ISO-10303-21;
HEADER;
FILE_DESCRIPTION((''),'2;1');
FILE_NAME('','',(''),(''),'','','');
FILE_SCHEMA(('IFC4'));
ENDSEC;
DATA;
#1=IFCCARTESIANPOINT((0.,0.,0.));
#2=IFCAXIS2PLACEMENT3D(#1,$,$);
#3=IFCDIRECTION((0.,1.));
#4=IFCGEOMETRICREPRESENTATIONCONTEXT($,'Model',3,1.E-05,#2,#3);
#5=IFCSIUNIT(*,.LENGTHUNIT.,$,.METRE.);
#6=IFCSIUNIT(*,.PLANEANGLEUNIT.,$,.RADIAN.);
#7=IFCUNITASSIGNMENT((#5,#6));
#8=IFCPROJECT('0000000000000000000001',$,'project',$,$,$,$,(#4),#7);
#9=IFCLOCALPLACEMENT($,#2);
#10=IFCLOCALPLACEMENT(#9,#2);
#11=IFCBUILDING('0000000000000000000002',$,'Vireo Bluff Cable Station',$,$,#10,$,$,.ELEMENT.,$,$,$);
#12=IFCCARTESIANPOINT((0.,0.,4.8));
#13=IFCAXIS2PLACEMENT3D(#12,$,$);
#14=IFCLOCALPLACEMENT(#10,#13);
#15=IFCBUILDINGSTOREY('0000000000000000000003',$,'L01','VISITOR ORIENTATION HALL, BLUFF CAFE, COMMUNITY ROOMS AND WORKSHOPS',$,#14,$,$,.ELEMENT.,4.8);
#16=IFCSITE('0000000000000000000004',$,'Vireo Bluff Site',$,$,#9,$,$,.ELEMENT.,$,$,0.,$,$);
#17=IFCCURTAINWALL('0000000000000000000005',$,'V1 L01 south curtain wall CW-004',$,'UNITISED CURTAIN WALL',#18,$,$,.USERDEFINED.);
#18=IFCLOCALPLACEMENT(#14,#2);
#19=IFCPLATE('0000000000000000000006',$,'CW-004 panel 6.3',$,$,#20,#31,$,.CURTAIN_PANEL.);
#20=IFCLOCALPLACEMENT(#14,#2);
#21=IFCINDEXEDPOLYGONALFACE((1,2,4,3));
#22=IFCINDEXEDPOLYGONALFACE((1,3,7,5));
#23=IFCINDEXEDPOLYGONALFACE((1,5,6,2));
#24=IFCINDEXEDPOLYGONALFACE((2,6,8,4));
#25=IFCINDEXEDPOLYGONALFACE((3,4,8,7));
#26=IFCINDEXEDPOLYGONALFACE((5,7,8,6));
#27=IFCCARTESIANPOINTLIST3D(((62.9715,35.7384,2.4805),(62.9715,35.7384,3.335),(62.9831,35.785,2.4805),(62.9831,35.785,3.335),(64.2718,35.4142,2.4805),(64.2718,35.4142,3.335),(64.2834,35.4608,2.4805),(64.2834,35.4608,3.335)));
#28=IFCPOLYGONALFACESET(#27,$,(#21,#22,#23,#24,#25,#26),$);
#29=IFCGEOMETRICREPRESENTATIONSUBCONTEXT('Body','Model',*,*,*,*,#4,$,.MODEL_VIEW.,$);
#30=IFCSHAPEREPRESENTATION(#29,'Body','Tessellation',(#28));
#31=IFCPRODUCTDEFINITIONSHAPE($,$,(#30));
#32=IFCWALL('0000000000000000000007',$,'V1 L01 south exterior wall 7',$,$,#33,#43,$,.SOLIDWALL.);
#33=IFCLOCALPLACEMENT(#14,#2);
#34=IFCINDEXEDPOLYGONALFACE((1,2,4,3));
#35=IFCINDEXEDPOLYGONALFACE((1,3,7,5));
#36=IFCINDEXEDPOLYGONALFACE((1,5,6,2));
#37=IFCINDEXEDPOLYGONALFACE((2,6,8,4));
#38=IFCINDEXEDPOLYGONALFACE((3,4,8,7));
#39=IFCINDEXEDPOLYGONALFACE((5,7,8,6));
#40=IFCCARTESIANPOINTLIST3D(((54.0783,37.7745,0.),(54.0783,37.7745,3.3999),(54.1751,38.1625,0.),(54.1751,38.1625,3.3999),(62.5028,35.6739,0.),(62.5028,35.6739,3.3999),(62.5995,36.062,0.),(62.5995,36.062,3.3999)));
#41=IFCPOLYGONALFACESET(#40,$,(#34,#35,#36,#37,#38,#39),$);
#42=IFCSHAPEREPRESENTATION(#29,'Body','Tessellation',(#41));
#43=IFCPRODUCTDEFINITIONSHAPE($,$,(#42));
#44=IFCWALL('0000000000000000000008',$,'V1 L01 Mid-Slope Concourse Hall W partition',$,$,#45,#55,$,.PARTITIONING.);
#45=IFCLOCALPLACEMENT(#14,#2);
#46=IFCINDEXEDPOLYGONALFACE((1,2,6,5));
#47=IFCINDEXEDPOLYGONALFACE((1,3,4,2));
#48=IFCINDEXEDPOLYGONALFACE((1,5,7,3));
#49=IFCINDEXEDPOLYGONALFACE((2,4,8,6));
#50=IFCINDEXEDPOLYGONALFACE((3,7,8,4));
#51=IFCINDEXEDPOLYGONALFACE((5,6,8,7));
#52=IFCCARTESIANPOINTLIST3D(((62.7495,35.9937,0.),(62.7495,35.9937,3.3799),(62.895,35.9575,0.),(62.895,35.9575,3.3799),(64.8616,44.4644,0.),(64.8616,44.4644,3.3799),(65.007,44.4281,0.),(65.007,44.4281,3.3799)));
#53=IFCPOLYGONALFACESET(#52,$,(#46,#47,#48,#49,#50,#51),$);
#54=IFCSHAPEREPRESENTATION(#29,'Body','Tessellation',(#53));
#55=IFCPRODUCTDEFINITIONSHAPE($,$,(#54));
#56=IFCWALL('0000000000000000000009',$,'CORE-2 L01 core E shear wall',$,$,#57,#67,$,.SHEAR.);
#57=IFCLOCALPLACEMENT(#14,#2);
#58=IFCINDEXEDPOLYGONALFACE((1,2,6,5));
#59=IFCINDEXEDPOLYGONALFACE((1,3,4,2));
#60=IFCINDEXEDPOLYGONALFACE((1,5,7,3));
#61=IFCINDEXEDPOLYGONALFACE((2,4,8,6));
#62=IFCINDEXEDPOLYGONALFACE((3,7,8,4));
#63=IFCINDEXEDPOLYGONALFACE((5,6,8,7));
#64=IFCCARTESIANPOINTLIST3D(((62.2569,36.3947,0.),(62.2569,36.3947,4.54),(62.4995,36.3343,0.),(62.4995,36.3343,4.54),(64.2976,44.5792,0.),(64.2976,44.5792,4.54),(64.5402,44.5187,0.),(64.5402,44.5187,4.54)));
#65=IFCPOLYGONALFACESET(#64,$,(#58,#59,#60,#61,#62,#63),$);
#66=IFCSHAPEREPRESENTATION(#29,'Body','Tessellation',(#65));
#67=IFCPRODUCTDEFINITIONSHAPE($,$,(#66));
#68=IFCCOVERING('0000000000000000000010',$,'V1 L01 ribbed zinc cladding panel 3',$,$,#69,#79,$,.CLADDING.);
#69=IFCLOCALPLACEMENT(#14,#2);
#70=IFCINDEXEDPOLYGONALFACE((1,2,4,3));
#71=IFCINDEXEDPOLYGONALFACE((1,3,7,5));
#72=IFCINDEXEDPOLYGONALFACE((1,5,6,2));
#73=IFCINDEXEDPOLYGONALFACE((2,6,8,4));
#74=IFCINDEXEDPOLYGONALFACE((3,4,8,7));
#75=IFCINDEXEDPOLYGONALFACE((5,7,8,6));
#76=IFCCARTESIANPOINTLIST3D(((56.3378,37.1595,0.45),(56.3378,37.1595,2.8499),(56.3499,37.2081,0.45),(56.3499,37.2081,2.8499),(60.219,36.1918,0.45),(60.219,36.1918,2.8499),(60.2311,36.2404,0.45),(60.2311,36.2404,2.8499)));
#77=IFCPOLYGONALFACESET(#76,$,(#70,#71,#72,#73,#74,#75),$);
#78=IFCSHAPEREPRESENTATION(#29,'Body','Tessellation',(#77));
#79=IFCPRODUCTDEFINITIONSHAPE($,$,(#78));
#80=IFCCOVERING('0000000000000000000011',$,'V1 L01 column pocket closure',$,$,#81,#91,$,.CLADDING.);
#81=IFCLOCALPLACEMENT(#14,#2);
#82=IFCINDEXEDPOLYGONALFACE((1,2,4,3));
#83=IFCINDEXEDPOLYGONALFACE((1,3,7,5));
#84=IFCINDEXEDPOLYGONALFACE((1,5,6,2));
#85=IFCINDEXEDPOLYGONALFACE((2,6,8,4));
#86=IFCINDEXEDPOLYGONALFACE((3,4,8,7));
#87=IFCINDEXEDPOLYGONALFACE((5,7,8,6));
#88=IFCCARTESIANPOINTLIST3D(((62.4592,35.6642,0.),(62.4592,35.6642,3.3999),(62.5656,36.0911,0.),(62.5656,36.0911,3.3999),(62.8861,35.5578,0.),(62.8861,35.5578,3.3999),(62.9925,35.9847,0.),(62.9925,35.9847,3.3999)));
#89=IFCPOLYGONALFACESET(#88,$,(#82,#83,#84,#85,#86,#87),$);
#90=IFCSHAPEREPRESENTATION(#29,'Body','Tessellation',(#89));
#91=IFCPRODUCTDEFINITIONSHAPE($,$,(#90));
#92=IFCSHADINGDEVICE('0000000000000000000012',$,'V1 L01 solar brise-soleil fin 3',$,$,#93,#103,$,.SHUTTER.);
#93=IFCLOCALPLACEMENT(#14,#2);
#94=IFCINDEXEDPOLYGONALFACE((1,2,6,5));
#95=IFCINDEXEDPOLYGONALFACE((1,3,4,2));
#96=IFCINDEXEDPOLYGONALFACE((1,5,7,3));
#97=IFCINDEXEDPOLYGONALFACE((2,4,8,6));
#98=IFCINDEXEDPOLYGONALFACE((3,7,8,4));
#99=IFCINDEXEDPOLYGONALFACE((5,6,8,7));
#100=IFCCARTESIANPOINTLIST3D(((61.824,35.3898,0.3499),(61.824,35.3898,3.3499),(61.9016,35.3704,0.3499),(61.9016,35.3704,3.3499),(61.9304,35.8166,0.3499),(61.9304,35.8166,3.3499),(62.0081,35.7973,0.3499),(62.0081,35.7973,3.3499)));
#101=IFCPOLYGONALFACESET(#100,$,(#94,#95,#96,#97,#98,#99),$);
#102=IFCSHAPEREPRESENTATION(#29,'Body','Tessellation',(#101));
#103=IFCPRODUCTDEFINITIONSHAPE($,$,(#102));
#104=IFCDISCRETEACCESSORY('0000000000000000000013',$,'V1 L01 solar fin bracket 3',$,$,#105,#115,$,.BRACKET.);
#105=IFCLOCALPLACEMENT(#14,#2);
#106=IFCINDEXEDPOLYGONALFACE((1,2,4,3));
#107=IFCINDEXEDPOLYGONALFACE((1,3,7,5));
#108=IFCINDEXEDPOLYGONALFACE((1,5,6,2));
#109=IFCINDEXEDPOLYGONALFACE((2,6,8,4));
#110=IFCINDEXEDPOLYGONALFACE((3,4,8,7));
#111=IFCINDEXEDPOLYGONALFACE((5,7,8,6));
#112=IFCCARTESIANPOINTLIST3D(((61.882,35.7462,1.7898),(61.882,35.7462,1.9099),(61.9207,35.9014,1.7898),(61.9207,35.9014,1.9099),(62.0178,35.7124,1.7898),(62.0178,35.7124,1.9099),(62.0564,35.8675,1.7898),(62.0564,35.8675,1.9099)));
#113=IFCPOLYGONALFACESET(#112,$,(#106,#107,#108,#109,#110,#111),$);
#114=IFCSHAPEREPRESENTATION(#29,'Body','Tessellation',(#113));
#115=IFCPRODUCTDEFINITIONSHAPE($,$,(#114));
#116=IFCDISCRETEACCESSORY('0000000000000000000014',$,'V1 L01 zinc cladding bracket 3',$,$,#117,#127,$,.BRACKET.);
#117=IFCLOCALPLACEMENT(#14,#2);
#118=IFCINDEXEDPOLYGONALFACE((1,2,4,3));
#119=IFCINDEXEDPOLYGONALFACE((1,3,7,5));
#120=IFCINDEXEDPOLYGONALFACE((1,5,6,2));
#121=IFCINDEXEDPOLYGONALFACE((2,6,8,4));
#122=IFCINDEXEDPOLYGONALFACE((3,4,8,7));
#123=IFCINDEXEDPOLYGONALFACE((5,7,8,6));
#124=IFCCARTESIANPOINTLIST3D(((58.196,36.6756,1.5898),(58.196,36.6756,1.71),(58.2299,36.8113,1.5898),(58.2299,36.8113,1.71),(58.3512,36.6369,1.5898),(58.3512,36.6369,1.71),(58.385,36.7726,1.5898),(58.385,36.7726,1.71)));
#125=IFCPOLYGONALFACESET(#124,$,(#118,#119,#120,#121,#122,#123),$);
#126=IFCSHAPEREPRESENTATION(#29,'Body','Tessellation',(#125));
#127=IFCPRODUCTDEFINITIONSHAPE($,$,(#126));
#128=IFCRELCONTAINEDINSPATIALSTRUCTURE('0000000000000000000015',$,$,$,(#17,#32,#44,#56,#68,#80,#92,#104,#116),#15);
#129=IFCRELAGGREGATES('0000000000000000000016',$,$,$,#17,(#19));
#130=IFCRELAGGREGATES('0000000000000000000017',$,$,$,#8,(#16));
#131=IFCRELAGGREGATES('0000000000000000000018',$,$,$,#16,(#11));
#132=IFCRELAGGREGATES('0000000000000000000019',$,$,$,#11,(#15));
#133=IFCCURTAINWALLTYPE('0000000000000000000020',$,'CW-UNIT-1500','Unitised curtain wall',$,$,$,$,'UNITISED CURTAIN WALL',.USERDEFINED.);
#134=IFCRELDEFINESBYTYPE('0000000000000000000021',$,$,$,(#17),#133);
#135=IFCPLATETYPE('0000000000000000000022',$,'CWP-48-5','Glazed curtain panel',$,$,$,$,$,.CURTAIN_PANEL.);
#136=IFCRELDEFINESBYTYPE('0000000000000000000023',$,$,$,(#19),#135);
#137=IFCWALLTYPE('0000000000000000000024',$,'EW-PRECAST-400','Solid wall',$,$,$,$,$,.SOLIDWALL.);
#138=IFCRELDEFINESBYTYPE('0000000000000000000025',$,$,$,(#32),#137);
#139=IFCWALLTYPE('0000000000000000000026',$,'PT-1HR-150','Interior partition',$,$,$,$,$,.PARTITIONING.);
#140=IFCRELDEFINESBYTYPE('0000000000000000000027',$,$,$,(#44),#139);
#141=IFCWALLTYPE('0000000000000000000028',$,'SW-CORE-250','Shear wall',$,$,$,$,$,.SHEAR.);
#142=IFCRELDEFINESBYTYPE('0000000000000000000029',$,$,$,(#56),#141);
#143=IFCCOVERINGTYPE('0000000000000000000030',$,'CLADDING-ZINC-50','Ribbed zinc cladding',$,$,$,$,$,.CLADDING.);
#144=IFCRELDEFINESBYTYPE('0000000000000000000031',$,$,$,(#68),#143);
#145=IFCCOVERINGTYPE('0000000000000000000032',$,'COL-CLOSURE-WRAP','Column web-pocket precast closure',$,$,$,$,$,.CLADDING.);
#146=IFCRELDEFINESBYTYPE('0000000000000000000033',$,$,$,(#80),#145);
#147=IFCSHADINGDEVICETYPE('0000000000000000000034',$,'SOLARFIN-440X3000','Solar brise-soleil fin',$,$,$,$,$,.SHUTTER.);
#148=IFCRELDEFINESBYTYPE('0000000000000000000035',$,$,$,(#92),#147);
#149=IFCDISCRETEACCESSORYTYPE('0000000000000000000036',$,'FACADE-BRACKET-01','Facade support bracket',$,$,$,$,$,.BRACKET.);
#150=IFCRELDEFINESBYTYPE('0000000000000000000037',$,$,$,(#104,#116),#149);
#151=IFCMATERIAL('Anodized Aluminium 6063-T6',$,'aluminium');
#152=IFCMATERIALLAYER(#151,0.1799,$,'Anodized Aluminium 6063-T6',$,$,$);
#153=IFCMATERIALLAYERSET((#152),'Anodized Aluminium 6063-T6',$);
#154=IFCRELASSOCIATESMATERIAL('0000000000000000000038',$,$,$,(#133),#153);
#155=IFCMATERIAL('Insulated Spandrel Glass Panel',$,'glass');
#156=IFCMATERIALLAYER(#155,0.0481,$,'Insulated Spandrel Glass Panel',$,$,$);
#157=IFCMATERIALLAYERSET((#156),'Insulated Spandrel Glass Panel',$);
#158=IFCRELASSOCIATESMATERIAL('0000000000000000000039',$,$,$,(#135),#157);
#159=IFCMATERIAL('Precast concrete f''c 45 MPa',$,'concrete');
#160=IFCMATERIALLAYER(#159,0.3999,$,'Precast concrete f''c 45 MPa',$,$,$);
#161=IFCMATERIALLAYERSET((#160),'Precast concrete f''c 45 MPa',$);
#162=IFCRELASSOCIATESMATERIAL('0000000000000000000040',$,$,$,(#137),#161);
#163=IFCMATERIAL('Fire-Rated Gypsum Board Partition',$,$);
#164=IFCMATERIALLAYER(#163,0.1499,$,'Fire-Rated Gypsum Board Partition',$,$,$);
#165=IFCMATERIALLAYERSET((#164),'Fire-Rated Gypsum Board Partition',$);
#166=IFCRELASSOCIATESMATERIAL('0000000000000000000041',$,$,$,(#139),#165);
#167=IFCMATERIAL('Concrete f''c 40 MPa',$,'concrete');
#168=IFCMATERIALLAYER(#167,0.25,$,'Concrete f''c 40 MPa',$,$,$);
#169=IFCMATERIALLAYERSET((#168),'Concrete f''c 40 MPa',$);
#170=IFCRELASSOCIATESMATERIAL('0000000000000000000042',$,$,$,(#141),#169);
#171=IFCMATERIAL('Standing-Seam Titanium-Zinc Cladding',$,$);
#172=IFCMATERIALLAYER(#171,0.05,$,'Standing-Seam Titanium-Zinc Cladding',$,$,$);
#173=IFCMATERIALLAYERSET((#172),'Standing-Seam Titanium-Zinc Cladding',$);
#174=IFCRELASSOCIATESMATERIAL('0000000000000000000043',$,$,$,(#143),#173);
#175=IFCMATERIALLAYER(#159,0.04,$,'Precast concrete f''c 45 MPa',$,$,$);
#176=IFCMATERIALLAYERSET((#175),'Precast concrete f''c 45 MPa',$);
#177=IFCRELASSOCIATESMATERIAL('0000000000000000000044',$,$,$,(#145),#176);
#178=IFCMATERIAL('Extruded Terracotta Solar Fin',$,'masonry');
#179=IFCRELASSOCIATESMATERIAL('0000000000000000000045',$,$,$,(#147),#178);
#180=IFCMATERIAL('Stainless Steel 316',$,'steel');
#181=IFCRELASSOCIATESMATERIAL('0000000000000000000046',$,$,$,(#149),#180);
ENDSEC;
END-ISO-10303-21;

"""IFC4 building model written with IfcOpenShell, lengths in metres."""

from ifc_helpers import new_model, si_unit, direction, frame, frame_2d, origin, origin_2d, place, context, subcontext, project, spatial, rectangle, extrude, material, layer, layer_set, type_object, element, aggregate, save


model = new_model("IFC4")

# Units and contexts
model_context = context("Model", 3, precision=1e-05, world=origin(), true_north=direction((0.0, 1.0)))
body_context = subcontext(model_context, "Body", "Model", "MODEL_VIEW")
ifc_project = project(units=[si_unit("LENGTHUNIT", "METRE"), si_unit("PLANEANGLEUNIT", "RADIAN")], contexts=[model_context])

# Site, building, storey
site_placement = place(None, origin())
site = spatial("IfcSite", under=ifc_project, at=site_placement, Name="Vireo Bluff Site", CompositionType="ELEMENT", RefElevation=0.0)
building_placement = place(site_placement, origin())
building = spatial("IfcBuilding", under=site, at=building_placement, Name="Vireo Bluff Cable Station", CompositionType="ELEMENT")
storey_placement = place(building_placement, frame((0.0, 0.0, 4.8)))
storey = spatial("IfcBuildingStorey", under=building, at=storey_placement, Name="L01", Description="VISITOR ORIENTATION HALL, BLUFF CAFE, COMMUNITY ROOMS AND WORKSHOPS", CompositionType="ELEMENT", Elevation=4.8)

# Curtain wall
ifc_material_1 = material(Name="Anodized Aluminium 6063-T6", Category="aluminium")
ifc_layer_1 = layer(ifc_material_1, 0.1799, Name="Anodized Aluminium 6063-T6")
ifc_layer_set_1 = layer_set([ifc_layer_1], Name="Anodized Aluminium 6063-T6")
curtain_wall_type = type_object("IfcCurtainWallType", Name="CW-UNIT-1500", Description="Unitised curtain wall", ElementType="UNITISED CURTAIN WALL", PredefinedType="USERDEFINED", material=ifc_layer_set_1)
curtain_wall_placement = place(storey_placement, origin())
curtain_wall = element("IfcCurtainWall", 1, at=curtain_wall_placement, inside=storey, type_object=curtain_wall_type, Name="V1 L01 south curtain wall CW-004", ObjectType="UNITISED CURTAIN WALL", PredefinedType="USERDEFINED")

# Plate
ifc_material_2 = material(Name="Insulated Spandrel Glass Panel", Category="glass")
ifc_layer_2 = layer(ifc_material_2, 0.0481, Name="Insulated Spandrel Glass Panel")
ifc_layer_set_2 = layer_set([ifc_layer_2], Name="Insulated Spandrel Glass Panel")
plate_type = type_object("IfcPlateType", Name="CWP-48-5", Description="Glazed curtain panel", PredefinedType="CURTAIN_PANEL", material=ifc_layer_set_2)
plate_1_placement = place(storey_placement, frame((63.6274, 35.5996, 2.4805), z_axis=(0.0, 0.0, 1.0), x_axis=(-0.970296, 0.241922, 0.0)))
plate_1 = element("IfcPlate", 2, at=plate_1_placement, type_object=plate_type, Name="CW-004 panel 6.3", PredefinedType="CURTAIN_PANEL", context=body_context, shape_type="SweptSolid", body=[
    extrude(rectangle(XDim=1.3401, YDim=0.0481, at=origin_2d()), origin(), (0.0, 0.0, 1.0), 0.8545),
])
aggregate(curtain_wall, [plate_1])

# Walls
ifc_material_3 = material(Name="Precast concrete f'c 45 MPa", Category="concrete")
ifc_layer_3 = layer(ifc_material_3, 0.3999, Name="Precast concrete f'c 45 MPa")
ifc_layer_set_3 = layer_set([ifc_layer_3], Name="Precast concrete f'c 45 MPa")
wall_type_1 = type_object("IfcWallType", Name="EW-PRECAST-400", Description="Solid wall", PredefinedType="SOLIDWALL", material=ifc_layer_set_3)
wall_1_placement = place(storey_placement, frame((62.5513, 35.8679, 0.0), z_axis=(0.0, 0.0, 1.0), x_axis=(-0.970293, 0.241934, 0.0)))
element("IfcWall", 3, at=wall_1_placement, inside=storey, type_object=wall_type_1, Name="V1 L01 south exterior wall 7", PredefinedType="SOLIDWALL", context=body_context, shape_type="SweptSolid", body=[
    extrude(rectangle(XDim=8.6824, YDim=0.3999, at=frame_2d((4.3413, 0.0))), origin(), (0.0, 0.0, 1.0), 3.3999),
])
ifc_material_4 = material(Name="Fire-Rated Gypsum Board Partition")
ifc_layer_4 = layer(ifc_material_4, 0.1499, Name="Fire-Rated Gypsum Board Partition")
ifc_layer_set_4 = layer_set([ifc_layer_4], Name="Fire-Rated Gypsum Board Partition")
wall_type_2 = type_object("IfcWallType", Name="PT-1HR-150", Description="Interior partition", PredefinedType="PARTITIONING", material=ifc_layer_set_4)
wall_2_placement = place(storey_placement, frame((62.8223, 35.9756, 0.0), z_axis=(0.0, 0.0, 1.0), x_axis=(0.24193, 0.970294, 0.0)))
element("IfcWall", 4, at=wall_2_placement, inside=storey, type_object=wall_type_2, Name="V1 L01 Mid-Slope Concourse Hall W partition", PredefinedType="PARTITIONING", context=body_context, shape_type="SweptSolid", body=[
    extrude(rectangle(XDim=8.73, YDim=0.1499, at=frame_2d((4.365, 0.0))), origin(), (0.0, 0.0, 1.0), 3.3799),
])
ifc_material_5 = material(Name="Concrete f'c 40 MPa", Category="concrete")
ifc_layer_5 = layer(ifc_material_5, 0.25, Name="Concrete f'c 40 MPa")
ifc_layer_set_5 = layer_set([ifc_layer_5], Name="Concrete f'c 40 MPa")
wall_type_3 = type_object("IfcWallType", Name="SW-CORE-250", Description="Shear wall", PredefinedType="SHEAR", material=ifc_layer_set_5)
wall_3_placement = place(storey_placement, frame((62.3782, 36.3645, 0.0), z_axis=(0.0, 0.0, 1.0), x_axis=(0.241936, 0.970292, 0.0)))
element("IfcWall", 5, at=wall_3_placement, inside=storey, type_object=wall_type_3, Name="CORE-2 L01 core E shear wall", PredefinedType="SHEAR", context=body_context, shape_type="SweptSolid", body=[
    extrude(rectangle(XDim=8.4351, YDim=0.25, at=frame_2d((4.2175, 0.0))), origin(), (0.0, 0.0, 1.0), 4.54),
])

# Coverings
ifc_material_6 = material(Name="Standing-Seam Titanium-Zinc Cladding")
ifc_layer_6 = layer(ifc_material_6, 0.05, Name="Standing-Seam Titanium-Zinc Cladding")
ifc_layer_set_6 = layer_set([ifc_layer_6], Name="Standing-Seam Titanium-Zinc Cladding")
covering_type_1 = type_object("IfcCoveringType", Name="CLADDING-ZINC-50", Description="Ribbed zinc cladding", PredefinedType="CLADDING", material=ifc_layer_set_6)
covering_1_placement = place(storey_placement, frame((58.2844, 36.7, 0.45), z_axis=(0.0, 0.0, 1.0), x_axis=(-0.970296, 0.241922, 0.0)))
element("IfcCovering", 6, at=covering_1_placement, inside=storey, type_object=covering_type_1, Name="V1 L01 ribbed zinc cladding panel 3", PredefinedType="CLADDING", context=body_context, shape_type="SweptSolid", body=[
    extrude(rectangle(XDim=4.0, YDim=0.05, at=origin_2d()), origin(), (0.0, 0.0, 1.0), 2.3999),
])
ifc_layer_7 = layer(ifc_material_3, 0.04, Name="Precast concrete f'c 45 MPa")
ifc_layer_set_7 = layer_set([ifc_layer_7], Name="Precast concrete f'c 45 MPa")
covering_type_2 = type_object("IfcCoveringType", Name="COL-CLOSURE-WRAP", Description="Column web-pocket precast closure", PredefinedType="CLADDING", material=ifc_layer_set_7)
covering_2_placement = place(storey_placement, frame((62.7258, 35.8245, 0.0), z_axis=(0.0, 0.0, 1.0), x_axis=(0.970296, -0.241922, 0.0)))
element("IfcCovering", 7, at=covering_2_placement, inside=storey, type_object=covering_type_2, Name="V1 L01 column pocket closure", PredefinedType="CLADDING", context=body_context, shape_type="SweptSolid", body=[
    extrude(rectangle(XDim=0.4399, YDim=0.4399, at=origin_2d()), origin(), (0.0, 0.0, 1.0), 3.3999),
])

# Shading device
ifc_material_7 = material(Name="Extruded Terracotta Solar Fin", Category="masonry")
shading_device_type = type_object("IfcShadingDeviceType", Name="SOLARFIN-440X3000", Description="Solar brise-soleil fin", PredefinedType="SHUTTER", material=ifc_material_7)
shading_device_placement = place(storey_placement, frame((61.916, 35.5935, 0.3499), z_axis=(0.0, 0.0, 1.0), x_axis=(-0.970296, 0.241922, 0.0)))
element("IfcShadingDevice", 8, at=shading_device_placement, inside=storey, type_object=shading_device_type, Name="V1 L01 solar brise-soleil fin 3", PredefinedType="SHUTTER", context=body_context, shape_type="SweptSolid", body=[
    extrude(rectangle(XDim=0.0801, YDim=0.4399, at=origin_2d()), origin(), (0.0, 0.0, 1.0), 3.0),
])

# Discrete accessories
ifc_material_8 = material(Name="Stainless Steel 316", Category="steel")
discrete_accessory_type = type_object("IfcDiscreteAccessoryType", Name="FACADE-BRACKET-01", Description="Facade support bracket", PredefinedType="BRACKET", material=ifc_material_8)
discrete_accessory_1_placement = place(storey_placement, frame((61.9692, 35.8069, 1.7898), z_axis=(0.0, 0.0, 1.0), x_axis=(-0.970296, 0.241922, 0.0)))
element("IfcDiscreteAccessory", 9, at=discrete_accessory_1_placement, inside=storey, type_object=discrete_accessory_type, Name="V1 L01 solar fin bracket 3", PredefinedType="BRACKET", context=body_context, shape_type="SweptSolid", body=[
    extrude(rectangle(XDim=0.1399, YDim=0.1599, at=origin_2d()), origin(), (0.0, 0.0, 1.0), 0.1201),
])
discrete_accessory_2_placement = place(storey_placement, frame((58.2905, 36.7241, 1.5898), z_axis=(0.0, 0.0, 1.0), x_axis=(-0.970296, 0.241922, 0.0)))
element("IfcDiscreteAccessory", 10, at=discrete_accessory_2_placement, inside=storey, type_object=discrete_accessory_type, Name="V1 L01 zinc cladding bracket 3", PredefinedType="BRACKET", context=body_context, shape_type="SweptSolid", body=[
    extrude(rectangle(XDim=0.1599, YDim=0.1399, at=origin_2d()), origin(), (0.0, 0.0, 1.0), 0.1201),
])

save(model, "model.ifc")
